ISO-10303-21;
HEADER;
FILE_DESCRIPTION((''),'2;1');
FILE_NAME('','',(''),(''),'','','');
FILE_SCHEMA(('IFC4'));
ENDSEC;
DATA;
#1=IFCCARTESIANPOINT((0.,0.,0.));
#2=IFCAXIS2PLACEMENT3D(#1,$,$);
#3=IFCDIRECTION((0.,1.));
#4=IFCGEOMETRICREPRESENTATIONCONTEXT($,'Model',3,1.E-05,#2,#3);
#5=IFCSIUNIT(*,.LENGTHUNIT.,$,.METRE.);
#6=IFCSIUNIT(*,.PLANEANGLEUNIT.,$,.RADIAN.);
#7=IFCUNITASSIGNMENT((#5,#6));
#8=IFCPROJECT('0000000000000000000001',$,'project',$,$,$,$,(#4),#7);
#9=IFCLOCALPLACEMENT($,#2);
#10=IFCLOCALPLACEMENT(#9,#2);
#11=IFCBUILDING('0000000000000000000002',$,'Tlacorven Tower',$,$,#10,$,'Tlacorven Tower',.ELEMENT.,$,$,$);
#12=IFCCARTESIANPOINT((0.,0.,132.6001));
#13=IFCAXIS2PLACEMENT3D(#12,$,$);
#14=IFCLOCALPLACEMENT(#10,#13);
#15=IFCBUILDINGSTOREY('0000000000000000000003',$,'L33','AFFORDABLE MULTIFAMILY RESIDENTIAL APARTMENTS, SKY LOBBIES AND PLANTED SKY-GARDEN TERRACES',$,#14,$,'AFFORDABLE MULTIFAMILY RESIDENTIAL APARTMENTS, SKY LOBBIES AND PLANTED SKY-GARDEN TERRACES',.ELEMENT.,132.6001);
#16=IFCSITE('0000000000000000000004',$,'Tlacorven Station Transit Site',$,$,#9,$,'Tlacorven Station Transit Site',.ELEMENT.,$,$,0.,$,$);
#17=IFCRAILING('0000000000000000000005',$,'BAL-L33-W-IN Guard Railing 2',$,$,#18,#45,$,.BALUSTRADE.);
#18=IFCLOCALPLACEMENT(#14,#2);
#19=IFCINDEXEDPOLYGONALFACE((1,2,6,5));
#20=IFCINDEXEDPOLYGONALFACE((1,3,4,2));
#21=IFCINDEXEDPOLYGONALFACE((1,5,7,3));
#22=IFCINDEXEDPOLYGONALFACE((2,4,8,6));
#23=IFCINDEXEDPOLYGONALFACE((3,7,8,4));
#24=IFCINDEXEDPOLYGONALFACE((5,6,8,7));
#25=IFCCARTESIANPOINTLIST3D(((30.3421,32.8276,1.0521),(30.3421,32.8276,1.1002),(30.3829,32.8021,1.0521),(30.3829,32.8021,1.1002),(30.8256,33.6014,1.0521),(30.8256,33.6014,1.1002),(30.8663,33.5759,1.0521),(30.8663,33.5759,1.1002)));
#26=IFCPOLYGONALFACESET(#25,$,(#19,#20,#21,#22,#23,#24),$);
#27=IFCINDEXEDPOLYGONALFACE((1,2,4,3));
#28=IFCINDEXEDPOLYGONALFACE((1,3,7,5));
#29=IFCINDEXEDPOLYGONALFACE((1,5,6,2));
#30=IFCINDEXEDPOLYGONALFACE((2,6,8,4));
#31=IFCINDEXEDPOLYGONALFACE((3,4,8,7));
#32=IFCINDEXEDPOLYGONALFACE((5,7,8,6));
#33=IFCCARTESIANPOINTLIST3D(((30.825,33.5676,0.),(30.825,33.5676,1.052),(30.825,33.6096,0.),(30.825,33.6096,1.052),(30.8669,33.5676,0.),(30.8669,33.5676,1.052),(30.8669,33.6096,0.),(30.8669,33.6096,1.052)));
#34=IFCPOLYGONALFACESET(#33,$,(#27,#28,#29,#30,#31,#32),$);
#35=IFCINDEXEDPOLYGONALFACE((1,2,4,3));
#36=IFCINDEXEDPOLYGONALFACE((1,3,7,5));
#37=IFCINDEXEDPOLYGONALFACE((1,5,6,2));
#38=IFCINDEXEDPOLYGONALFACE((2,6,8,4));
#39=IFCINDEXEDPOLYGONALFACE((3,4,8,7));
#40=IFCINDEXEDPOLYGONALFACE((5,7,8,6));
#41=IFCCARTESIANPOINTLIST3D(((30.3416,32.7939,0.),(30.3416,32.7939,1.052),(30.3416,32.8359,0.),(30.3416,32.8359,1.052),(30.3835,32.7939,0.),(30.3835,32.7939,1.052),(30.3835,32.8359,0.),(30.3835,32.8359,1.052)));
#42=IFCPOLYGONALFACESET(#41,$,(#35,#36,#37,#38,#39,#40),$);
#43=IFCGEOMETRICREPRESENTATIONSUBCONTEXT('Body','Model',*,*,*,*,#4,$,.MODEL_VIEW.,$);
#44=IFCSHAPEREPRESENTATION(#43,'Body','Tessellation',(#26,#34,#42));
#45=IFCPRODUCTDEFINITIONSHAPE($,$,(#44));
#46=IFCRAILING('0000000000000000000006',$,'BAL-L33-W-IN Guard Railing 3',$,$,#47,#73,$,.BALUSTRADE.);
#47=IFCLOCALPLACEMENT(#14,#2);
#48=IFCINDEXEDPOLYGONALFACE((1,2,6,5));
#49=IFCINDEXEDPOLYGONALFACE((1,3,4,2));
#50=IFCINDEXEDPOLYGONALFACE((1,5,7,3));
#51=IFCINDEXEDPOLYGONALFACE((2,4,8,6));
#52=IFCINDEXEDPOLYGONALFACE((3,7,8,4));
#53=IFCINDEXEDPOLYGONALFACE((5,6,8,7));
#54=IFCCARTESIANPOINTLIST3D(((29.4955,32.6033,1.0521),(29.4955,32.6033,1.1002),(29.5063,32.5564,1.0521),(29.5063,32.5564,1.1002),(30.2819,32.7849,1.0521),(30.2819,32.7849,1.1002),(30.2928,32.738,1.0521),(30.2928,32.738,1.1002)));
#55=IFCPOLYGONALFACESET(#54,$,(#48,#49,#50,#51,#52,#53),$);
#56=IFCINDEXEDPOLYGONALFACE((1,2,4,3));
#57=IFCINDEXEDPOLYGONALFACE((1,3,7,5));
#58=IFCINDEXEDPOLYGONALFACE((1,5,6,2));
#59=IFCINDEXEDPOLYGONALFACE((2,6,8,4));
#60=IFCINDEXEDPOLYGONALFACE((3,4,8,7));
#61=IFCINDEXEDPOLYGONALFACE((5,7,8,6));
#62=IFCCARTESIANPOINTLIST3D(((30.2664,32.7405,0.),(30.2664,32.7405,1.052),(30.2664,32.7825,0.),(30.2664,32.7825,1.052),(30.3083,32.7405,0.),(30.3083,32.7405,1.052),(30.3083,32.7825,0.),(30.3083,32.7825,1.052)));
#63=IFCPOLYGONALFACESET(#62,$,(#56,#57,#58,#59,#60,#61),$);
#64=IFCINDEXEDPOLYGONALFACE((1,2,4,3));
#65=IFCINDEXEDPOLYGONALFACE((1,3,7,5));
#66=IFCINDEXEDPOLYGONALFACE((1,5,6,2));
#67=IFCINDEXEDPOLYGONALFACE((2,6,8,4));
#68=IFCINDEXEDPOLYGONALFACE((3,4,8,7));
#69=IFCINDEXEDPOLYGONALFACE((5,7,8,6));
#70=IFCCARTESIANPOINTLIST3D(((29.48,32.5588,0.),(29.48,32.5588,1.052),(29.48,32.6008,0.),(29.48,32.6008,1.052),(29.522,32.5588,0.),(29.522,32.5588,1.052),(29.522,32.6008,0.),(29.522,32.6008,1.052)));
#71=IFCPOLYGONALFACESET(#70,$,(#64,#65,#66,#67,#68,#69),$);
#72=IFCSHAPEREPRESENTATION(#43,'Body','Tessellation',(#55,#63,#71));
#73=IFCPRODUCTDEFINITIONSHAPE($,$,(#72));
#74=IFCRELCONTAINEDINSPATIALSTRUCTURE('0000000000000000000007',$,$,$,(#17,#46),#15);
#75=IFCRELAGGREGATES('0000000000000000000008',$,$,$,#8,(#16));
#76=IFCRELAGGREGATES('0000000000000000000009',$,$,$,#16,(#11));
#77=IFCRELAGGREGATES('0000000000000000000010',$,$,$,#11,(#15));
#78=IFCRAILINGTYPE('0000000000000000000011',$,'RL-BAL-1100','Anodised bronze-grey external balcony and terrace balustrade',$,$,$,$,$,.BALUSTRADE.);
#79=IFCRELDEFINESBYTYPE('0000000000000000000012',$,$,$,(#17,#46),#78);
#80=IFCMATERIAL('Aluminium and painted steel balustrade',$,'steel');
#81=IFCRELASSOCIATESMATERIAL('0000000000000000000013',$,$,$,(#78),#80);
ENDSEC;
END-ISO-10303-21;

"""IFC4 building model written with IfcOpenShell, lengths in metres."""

from ifc_helpers import new_model, si_unit, direction, frame, origin, origin_2d, place, context, subcontext, project, spatial, rectangle, extrude, source, transform, mapped, material, type_object, element, save


model = new_model("IFC4")

# Units and contexts
model_context = context("Model", 3, precision=1e-05, world=origin(), true_north=direction((0.0, 1.0)))
body_context = subcontext(model_context, "Body", "Model", "MODEL_VIEW")
ifc_project = project(units=[si_unit("LENGTHUNIT", "METRE"), si_unit("PLANEANGLEUNIT", "RADIAN")], contexts=[model_context])

# Site, building, storey
site_placement = place(None, origin())
site = spatial("IfcSite", under=ifc_project, at=site_placement, Name="Tlacorven Station Transit Site", LongName="Tlacorven Station Transit Site", CompositionType="ELEMENT", RefElevation=0.0)
building_placement = place(site_placement, origin())
building = spatial("IfcBuilding", under=site, at=building_placement, Name="Tlacorven Tower", LongName="Tlacorven Tower", CompositionType="ELEMENT")
storey_placement = place(building_placement, frame((0.0, 0.0, 132.6001)))
storey = spatial("IfcBuildingStorey", under=building, at=storey_placement, Name="L33", Description="AFFORDABLE MULTIFAMILY RESIDENTIAL APARTMENTS, SKY LOBBIES AND PLANTED SKY-GARDEN TERRACES", LongName="AFFORDABLE MULTIFAMILY RESIDENTIAL APARTMENTS, SKY LOBBIES AND PLANTED SKY-GARDEN TERRACES", CompositionType="ELEMENT", Elevation=132.6001)

# Railings
ifc_material_1 = material(Name="Aluminium and painted steel balustrade", Category="steel")
railing_type = type_object("IfcRailingType", Name="RL-BAL-1100", Description="Anodised bronze-grey external balcony and terrace balustrade", PredefinedType="BALUSTRADE", material=ifc_material_1)
shared_shape_1 = source(origin(), body_context, "Body", "SweptSolid", [
    extrude(rectangle(XDim=0.0481, YDim=0.0481, at=origin_2d()), frame((0.0, 0.0, 1.0762), z_axis=(-0.529879, -0.848073, 0.0), x_axis=(0.848073, -0.529879, 0.0)), (0.0, 0.0, 1.0), 0.9124),
    extrude(rectangle(XDim=0.042, YDim=0.042, at=origin_2d()), origin(), (0.0, 0.0, 1.0), 1.052),
    extrude(rectangle(XDim=0.042, YDim=0.042, at=origin_2d()), frame((-0.4834, -0.7737, 0.0)), (0.0, 0.0, 1.0), 1.052),
])
railing_1_placement = place(storey_placement, frame((30.8459, 33.5886, 0.0)))
element("IfcRailing", 1, at=railing_1_placement, inside=storey, type_object=railing_type, Name="BAL-L33-W-IN Guard Railing 2", PredefinedType="BALUSTRADE", context=body_context, shape_type="MappedRepresentation", body=[
    mapped(shared_shape_1, transform((0.0, 0.0, 0.0), scale=1.0)),
])
shared_shape_2 = source(origin(), body_context, "Body", "SweptSolid", [
    extrude(rectangle(XDim=0.0481, YDim=0.0481, at=origin_2d()), frame((0.0, 0.0, 1.0762), z_axis=(-0.974345, -0.225058, 0.0), x_axis=(0.225058, -0.974345, 0.0)), (0.0, 0.0, 1.0), 0.8071),
    extrude(rectangle(XDim=0.042, YDim=0.042, at=origin_2d()), origin(), (0.0, 0.0, 1.0), 1.052),
    extrude(rectangle(XDim=0.042, YDim=0.042, at=origin_2d()), frame((-0.7864, -0.1816, 0.0)), (0.0, 0.0, 1.0), 1.052),
])
railing_2_placement = place(storey_placement, frame((30.2874, 32.7615, 0.0)))
element("IfcRailing", 2, at=railing_2_placement, inside=storey, type_object=railing_type, Name="BAL-L33-W-IN Guard Railing 3", PredefinedType="BALUSTRADE", context=body_context, shape_type="MappedRepresentation", body=[
    mapped(shared_shape_2, transform((0.0, 0.0, 0.0), scale=1.0)),
])

save(model, "model.ifc")
